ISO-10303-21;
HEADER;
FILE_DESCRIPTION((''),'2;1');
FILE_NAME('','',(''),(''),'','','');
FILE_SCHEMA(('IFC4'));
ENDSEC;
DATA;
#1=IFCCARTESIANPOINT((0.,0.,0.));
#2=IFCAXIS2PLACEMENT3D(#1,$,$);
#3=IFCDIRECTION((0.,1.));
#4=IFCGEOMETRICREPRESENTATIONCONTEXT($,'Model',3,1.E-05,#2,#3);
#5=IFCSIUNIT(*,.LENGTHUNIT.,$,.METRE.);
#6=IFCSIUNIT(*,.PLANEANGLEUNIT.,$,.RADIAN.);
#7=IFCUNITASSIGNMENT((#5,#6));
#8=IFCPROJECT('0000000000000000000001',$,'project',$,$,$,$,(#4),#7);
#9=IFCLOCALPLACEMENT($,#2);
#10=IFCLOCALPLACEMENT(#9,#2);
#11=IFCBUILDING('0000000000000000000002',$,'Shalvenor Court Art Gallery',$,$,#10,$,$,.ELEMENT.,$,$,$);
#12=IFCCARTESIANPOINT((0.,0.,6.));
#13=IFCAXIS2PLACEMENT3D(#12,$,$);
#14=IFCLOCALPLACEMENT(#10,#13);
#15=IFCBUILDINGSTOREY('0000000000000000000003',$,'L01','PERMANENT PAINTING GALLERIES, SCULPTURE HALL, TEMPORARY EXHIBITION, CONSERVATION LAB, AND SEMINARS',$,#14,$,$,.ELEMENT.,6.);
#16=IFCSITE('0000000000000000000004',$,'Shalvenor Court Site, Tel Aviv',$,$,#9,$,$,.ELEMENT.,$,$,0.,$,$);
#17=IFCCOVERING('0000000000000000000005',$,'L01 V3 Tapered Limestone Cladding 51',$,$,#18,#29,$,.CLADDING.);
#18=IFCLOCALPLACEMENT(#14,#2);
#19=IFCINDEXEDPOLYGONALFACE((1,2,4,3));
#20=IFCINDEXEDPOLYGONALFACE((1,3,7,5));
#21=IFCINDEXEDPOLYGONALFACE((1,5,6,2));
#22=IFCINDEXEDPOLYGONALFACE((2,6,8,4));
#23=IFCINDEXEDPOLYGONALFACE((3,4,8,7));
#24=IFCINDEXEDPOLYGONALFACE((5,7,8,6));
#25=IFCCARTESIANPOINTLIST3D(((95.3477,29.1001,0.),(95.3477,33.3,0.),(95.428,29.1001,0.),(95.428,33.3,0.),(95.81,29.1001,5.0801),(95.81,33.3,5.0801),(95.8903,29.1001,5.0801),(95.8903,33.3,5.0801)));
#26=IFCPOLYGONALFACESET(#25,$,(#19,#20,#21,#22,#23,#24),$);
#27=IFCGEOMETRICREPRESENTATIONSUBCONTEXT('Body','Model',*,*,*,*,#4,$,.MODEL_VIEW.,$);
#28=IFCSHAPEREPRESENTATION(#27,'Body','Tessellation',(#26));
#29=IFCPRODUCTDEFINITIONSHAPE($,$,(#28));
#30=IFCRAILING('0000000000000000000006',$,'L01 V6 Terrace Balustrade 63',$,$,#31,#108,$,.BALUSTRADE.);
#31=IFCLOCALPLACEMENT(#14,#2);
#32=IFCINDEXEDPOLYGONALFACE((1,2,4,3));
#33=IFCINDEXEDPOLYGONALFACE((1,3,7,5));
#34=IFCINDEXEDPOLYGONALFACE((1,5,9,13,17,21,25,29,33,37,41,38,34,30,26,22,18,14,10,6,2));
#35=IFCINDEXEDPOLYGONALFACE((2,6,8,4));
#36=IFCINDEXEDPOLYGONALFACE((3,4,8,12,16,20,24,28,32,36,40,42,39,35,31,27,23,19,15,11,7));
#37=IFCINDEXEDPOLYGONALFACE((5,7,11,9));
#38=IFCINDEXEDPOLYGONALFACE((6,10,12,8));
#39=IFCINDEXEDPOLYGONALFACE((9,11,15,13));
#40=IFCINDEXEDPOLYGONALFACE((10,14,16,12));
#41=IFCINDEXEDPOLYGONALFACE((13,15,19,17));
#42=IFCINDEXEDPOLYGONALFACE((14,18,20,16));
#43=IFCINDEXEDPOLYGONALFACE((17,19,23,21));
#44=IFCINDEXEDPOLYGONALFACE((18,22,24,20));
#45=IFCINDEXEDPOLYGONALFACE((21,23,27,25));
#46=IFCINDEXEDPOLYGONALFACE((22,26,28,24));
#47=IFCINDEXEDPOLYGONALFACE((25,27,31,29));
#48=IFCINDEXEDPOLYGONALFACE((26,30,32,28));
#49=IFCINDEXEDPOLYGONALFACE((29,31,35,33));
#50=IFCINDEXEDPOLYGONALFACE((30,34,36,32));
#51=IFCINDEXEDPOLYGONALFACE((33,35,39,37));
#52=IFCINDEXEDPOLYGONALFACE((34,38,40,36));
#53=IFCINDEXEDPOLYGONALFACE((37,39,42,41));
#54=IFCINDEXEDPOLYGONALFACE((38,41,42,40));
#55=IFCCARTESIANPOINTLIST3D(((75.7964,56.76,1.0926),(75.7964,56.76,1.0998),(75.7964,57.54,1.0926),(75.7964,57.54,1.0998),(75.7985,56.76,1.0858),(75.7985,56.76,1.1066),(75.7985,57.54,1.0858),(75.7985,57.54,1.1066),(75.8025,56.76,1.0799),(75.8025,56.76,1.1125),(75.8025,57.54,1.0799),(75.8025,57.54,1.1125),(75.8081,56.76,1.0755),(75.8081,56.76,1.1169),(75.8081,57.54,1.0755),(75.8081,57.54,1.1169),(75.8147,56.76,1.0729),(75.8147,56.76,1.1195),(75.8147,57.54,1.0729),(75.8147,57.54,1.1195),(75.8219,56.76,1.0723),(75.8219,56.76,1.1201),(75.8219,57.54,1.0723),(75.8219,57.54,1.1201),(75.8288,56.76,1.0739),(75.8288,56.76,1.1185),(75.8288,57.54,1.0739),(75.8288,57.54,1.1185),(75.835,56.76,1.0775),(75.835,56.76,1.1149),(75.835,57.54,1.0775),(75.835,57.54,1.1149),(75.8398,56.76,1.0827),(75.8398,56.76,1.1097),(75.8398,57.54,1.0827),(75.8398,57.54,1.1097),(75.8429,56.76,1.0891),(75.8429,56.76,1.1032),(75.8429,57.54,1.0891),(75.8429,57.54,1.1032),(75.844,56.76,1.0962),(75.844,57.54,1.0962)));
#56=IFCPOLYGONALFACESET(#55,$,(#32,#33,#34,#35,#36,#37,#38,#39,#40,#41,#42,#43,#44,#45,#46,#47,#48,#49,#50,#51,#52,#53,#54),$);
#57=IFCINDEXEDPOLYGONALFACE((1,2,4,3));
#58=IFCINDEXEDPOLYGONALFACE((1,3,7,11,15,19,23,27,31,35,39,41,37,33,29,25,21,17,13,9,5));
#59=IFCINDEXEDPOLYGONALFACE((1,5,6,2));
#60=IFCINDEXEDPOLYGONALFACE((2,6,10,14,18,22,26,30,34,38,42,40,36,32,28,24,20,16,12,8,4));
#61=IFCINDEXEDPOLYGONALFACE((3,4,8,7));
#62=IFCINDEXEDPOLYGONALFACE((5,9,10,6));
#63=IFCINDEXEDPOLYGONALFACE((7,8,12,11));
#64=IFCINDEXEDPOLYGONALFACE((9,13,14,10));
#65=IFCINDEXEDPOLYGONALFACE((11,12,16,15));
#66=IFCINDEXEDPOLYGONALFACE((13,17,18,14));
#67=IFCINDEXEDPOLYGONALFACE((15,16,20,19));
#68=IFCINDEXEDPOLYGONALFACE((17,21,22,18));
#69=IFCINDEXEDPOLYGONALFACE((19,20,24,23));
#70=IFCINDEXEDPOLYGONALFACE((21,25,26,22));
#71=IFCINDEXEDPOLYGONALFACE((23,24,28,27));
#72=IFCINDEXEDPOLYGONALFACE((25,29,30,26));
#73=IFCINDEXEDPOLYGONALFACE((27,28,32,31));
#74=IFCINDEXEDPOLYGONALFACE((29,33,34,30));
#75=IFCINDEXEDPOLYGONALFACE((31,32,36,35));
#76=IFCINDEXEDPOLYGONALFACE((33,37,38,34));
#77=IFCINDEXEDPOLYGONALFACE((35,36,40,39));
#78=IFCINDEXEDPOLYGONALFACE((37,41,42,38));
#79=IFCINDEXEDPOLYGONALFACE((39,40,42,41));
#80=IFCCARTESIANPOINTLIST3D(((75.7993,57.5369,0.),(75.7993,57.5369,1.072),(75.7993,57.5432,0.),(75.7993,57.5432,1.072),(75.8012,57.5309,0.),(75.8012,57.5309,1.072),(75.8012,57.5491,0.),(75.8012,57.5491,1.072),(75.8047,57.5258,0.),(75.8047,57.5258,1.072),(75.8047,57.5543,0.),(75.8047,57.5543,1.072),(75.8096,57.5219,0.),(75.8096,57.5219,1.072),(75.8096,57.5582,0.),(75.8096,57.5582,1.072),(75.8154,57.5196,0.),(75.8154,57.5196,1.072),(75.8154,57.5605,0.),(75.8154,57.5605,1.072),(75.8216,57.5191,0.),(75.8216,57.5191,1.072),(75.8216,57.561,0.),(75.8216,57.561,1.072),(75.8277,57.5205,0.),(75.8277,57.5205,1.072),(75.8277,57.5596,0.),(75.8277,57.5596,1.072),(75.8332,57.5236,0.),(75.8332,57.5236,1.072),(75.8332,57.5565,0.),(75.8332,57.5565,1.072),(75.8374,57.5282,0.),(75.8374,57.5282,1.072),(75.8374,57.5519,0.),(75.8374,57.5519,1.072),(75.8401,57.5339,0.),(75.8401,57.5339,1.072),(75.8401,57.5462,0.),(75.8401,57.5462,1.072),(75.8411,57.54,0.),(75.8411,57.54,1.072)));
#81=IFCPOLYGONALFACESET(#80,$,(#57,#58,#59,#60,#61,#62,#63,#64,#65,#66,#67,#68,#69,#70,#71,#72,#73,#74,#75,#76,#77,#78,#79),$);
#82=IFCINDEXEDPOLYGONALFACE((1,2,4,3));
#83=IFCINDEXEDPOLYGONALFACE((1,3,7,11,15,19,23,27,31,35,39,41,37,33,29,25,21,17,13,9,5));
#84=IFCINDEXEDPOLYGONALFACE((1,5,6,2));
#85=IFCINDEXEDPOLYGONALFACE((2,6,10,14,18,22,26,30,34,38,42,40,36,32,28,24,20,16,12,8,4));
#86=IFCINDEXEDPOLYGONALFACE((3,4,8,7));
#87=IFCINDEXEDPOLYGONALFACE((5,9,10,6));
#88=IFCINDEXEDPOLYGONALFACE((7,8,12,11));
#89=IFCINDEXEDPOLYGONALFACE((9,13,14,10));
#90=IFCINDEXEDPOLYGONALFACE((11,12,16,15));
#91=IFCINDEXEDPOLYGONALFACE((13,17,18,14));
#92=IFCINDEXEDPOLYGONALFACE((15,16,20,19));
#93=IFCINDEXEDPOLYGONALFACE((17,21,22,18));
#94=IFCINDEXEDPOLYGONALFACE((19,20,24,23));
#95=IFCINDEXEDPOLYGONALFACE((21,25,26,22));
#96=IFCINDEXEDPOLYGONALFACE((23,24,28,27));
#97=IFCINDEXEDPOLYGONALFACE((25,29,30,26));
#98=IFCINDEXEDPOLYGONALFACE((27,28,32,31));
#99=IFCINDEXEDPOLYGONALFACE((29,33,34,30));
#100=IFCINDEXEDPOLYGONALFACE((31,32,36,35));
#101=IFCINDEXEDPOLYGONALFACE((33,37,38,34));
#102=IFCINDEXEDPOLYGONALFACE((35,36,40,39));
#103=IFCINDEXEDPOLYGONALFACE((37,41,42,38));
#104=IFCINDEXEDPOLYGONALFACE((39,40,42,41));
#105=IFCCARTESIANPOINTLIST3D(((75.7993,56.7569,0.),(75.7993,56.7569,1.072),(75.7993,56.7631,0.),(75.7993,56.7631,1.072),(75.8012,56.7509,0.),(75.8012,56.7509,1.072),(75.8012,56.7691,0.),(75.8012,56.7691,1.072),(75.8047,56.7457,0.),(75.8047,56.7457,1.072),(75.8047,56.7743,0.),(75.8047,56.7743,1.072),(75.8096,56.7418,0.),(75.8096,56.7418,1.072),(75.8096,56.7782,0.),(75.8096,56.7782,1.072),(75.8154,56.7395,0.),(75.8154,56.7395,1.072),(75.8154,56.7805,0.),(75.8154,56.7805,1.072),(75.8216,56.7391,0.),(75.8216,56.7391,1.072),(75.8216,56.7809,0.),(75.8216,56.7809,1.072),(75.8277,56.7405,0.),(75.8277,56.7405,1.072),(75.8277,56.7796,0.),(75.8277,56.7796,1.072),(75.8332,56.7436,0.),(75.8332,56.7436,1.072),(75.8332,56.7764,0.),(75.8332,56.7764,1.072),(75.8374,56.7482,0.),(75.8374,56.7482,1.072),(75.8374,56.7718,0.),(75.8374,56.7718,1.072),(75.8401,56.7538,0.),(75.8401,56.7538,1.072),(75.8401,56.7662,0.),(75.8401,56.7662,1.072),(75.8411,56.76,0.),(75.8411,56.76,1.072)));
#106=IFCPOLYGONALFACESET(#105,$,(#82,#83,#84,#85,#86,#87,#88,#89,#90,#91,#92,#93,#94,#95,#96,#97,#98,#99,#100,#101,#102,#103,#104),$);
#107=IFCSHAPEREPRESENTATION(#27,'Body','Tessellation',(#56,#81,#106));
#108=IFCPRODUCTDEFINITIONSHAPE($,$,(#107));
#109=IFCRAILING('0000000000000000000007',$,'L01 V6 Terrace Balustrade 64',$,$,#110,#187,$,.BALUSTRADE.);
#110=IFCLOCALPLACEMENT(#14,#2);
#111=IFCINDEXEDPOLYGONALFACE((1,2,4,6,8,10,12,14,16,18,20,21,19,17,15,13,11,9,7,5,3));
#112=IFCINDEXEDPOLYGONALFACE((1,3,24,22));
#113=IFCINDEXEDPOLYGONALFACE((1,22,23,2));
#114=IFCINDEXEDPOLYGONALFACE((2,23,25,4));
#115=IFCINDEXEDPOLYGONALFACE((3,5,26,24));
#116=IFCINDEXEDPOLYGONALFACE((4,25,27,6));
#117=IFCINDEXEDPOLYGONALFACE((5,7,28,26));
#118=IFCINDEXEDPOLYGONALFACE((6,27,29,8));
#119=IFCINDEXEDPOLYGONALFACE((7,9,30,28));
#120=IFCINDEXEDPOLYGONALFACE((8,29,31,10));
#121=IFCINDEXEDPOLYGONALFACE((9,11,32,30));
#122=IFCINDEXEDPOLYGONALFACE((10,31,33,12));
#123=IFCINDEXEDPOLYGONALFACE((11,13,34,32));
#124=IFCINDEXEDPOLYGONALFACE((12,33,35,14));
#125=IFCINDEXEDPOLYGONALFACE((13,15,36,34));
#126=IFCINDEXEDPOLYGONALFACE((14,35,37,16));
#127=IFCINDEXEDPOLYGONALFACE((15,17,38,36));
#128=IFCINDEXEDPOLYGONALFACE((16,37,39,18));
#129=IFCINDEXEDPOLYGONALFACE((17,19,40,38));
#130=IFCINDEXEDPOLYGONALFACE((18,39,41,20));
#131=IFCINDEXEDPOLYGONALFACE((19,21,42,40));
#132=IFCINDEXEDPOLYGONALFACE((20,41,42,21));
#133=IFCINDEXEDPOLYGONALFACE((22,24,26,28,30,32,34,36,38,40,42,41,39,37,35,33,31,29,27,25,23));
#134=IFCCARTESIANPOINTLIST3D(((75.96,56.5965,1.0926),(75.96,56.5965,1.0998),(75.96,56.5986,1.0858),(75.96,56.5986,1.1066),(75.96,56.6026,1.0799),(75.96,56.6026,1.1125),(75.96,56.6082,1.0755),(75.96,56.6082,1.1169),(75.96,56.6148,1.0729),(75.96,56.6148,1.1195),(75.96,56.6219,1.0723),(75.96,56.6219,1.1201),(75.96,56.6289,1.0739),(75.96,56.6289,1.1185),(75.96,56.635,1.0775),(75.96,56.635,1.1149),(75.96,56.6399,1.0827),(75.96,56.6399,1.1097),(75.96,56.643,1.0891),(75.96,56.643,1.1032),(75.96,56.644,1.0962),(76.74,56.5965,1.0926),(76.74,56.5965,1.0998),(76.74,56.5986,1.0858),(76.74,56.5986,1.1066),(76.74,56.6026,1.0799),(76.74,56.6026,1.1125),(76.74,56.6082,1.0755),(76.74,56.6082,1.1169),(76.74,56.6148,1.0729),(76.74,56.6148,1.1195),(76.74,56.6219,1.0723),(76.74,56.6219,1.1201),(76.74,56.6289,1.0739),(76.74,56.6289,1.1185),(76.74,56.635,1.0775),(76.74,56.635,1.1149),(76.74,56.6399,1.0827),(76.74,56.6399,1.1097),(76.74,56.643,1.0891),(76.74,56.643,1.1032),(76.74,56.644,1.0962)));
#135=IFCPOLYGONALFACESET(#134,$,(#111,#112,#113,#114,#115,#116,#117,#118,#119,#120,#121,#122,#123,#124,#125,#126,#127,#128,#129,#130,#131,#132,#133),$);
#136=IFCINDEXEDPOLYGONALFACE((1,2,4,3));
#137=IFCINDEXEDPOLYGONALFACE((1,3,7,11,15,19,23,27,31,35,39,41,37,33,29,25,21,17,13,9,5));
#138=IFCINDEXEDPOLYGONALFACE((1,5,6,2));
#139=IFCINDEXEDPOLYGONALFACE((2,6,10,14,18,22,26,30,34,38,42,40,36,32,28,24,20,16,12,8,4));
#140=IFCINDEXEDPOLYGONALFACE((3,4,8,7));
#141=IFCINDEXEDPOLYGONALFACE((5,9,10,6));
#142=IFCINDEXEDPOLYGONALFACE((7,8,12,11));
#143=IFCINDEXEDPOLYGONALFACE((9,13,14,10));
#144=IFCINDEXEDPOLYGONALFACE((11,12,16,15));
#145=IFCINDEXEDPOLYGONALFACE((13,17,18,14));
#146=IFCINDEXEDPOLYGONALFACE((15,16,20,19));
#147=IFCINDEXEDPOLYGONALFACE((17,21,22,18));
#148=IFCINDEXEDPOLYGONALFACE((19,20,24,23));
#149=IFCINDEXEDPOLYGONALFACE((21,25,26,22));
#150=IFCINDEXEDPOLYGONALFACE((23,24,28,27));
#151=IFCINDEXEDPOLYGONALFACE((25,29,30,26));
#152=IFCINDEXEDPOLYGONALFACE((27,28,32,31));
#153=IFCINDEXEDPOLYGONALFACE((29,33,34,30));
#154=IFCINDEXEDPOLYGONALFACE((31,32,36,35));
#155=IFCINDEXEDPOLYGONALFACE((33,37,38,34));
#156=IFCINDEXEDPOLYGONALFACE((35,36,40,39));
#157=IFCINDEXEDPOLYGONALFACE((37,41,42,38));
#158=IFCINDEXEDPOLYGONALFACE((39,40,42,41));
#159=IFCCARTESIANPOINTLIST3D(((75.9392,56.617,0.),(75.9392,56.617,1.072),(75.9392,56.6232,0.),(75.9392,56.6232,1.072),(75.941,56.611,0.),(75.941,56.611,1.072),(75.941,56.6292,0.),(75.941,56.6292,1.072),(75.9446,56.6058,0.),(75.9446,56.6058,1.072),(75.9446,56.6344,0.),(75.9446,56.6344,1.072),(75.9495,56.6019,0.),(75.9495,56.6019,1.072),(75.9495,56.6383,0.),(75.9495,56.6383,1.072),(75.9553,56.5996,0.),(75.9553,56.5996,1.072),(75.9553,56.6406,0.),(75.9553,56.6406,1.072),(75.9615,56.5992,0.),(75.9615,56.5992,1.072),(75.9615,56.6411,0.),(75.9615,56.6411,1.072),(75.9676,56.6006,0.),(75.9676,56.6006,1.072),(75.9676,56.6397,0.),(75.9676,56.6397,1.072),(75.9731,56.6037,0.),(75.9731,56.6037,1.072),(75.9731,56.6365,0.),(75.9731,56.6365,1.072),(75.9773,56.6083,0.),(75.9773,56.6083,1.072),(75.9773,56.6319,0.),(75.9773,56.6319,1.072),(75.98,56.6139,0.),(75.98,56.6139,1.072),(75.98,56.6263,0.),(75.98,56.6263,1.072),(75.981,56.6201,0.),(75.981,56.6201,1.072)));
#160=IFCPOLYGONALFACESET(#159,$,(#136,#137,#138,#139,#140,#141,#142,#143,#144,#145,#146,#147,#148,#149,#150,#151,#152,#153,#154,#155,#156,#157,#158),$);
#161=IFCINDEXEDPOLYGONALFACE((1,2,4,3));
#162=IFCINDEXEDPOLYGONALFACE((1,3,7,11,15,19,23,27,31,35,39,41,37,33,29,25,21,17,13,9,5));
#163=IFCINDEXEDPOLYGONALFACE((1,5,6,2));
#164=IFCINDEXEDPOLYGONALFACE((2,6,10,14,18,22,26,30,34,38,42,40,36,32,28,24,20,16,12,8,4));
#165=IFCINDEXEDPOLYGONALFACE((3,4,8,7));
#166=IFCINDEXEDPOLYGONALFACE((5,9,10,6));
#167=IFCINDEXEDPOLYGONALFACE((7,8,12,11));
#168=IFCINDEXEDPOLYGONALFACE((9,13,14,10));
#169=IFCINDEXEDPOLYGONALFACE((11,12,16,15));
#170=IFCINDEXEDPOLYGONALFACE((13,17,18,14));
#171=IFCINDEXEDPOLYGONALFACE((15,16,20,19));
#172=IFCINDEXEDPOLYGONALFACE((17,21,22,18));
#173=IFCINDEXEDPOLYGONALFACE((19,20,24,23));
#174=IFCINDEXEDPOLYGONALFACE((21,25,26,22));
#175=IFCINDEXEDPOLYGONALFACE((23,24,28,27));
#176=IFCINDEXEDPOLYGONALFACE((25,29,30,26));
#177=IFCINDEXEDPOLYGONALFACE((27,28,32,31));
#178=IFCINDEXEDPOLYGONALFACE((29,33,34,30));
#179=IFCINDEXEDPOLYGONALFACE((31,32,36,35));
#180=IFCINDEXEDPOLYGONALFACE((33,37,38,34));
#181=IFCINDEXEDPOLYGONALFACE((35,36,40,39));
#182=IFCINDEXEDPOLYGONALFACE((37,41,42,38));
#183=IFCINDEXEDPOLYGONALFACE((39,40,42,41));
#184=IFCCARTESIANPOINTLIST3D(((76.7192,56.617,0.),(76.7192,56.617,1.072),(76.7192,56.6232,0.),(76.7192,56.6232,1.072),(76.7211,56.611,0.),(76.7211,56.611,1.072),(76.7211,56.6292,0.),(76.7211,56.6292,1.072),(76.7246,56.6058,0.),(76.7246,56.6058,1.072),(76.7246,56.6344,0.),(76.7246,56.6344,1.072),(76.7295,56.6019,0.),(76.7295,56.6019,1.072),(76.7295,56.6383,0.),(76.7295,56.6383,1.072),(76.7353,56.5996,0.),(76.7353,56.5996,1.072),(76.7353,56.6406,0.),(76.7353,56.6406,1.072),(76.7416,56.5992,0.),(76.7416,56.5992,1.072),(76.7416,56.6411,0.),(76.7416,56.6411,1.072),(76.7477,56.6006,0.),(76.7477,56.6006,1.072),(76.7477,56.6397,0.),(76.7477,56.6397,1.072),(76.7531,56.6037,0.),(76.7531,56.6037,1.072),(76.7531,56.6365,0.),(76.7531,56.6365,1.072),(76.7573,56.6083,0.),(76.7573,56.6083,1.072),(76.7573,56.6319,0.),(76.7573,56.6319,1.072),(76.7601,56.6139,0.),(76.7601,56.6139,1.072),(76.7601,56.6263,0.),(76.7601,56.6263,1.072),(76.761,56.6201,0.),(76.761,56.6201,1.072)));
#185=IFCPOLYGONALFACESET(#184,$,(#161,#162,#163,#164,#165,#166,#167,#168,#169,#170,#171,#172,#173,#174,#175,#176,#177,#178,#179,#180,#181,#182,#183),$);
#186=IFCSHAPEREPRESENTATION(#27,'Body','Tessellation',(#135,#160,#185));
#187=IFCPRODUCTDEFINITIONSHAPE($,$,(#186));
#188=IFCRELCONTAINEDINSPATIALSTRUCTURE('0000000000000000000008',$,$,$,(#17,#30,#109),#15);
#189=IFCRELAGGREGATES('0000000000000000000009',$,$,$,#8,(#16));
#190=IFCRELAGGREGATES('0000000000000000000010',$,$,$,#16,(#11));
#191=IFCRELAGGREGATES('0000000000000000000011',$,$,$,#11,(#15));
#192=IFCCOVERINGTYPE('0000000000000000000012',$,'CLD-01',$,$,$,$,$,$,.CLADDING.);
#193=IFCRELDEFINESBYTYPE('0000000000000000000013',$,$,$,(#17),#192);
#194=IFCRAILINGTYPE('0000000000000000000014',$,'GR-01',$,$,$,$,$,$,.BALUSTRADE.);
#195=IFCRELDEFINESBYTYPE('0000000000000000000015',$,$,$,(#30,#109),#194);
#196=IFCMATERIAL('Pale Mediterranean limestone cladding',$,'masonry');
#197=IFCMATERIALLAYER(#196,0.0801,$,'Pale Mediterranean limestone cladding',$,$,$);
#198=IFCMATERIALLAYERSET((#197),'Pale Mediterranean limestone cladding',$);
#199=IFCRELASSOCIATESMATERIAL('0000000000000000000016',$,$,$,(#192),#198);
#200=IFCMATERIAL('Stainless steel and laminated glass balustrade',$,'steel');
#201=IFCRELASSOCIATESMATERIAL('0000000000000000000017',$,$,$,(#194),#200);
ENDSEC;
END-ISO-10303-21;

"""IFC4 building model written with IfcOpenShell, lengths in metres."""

from ifc_helpers import new_model, si_unit, direction, frame, origin, origin_2d, place, context, subcontext, project, spatial, polyline, circle, outline, extrude, material, layer, layer_set, type_object, element, save


model = new_model("IFC4")

# Units and contexts
model_context = context("Model", 3, precision=1e-05, world=origin(), true_north=direction((0.0, 1.0)))
body_context = subcontext(model_context, "Body", "Model", "MODEL_VIEW")
ifc_project = project(units=[si_unit("LENGTHUNIT", "METRE"), si_unit("PLANEANGLEUNIT", "RADIAN")], contexts=[model_context])

# Site, building, storey
site_placement = place(None, origin())
site = spatial("IfcSite", under=ifc_project, at=site_placement, Name="Shalvenor Court Site, Tel Aviv", CompositionType="ELEMENT", RefElevation=0.0)
building_placement = place(site_placement, origin())
building = spatial("IfcBuilding", under=site, at=building_placement, Name="Shalvenor Court Art Gallery", CompositionType="ELEMENT")
storey_placement = place(building_placement, frame((0.0, 0.0, 6.0)))
storey = spatial("IfcBuildingStorey", under=building, at=storey_placement, Name="L01", Description="PERMANENT PAINTING GALLERIES, SCULPTURE HALL, TEMPORARY EXHIBITION, CONSERVATION LAB, AND SEMINARS", CompositionType="ELEMENT", Elevation=6.0)

# Covering
ifc_material_1 = material(Name="Pale Mediterranean limestone cladding", Category="masonry")
ifc_layer_1 = layer(ifc_material_1, 0.0801, Name="Pale Mediterranean limestone cladding")
ifc_layer_set_1 = layer_set([ifc_layer_1], Name="Pale Mediterranean limestone cladding")
covering_type = type_object("IfcCoveringType", Name="CLD-01", PredefinedType="CLADDING", material=ifc_layer_set_1)
covering_placement = place(storey_placement, frame((95.3477, 33.3, 0.0), z_axis=(0.0, 0.0, 1.0), x_axis=(0.0, -1.0, 0.0)))
element("IfcCovering", 1, at=covering_placement, inside=storey, type_object=covering_type, Name="L01 V3 Tapered Limestone Cladding 51", PredefinedType="CLADDING", context=body_context, shape_type="SweptSolid", body=[
    extrude(outline(polyline([(0.0, 0.0), (4.2, 0.0), (4.2, 5.1011), (0.0, 5.1011), (0.0, 0.0)])), frame((0.0, 0.0, 0.0), z_axis=(0.0, -0.995884, 0.090633), x_axis=(1.0, 0.0, 0.0)), (0.0, 0.090633, -0.995884), 0.0803),
])

# Railings
ifc_material_2 = material(Name="Stainless steel and laminated glass balustrade", Category="steel")
railing_type = type_object("IfcRailingType", Name="GR-01", PredefinedType="BALUSTRADE", material=ifc_material_2)
railing_1_placement = place(storey_placement, frame((75.8201, 57.54, 0.0)))
element("IfcRailing", 2, at=railing_1_placement, inside=storey, type_object=railing_type, Name="L01 V6 Terrace Balustrade 63", PredefinedType="BALUSTRADE", context=body_context, shape_type="SweptSolid", body=[
    extrude(circle(Radius=0.0239, at=origin_2d()), frame((0.0, 0.0, 1.0962), z_axis=(0.0, -1.0, 0.0), x_axis=(1.0, 0.0, 0.0)), (0.0, 0.0, 1.0), 0.78),
    extrude(circle(Radius=0.021, at=origin_2d()), origin(), (0.0, 0.0, 1.0), 1.072),
    extrude(circle(Radius=0.021, at=origin_2d()), frame((0.0, -0.78, 0.0)), (0.0, 0.0, 1.0), 1.072),
])
railing_2_placement = place(storey_placement, frame((75.96, 56.6201, 0.0)))
element("IfcRailing", 3, at=railing_2_placement, inside=storey, type_object=railing_type, Name="L01 V6 Terrace Balustrade 64", PredefinedType="BALUSTRADE", context=body_context, shape_type="SweptSolid", body=[
    extrude(circle(Radius=0.0239, at=origin_2d()), frame((0.0, 0.0, 1.0962), z_axis=(1.0, 0.0, 0.0), x_axis=(0.0, 1.0, 0.0)), (0.0, 0.0, 1.0), 0.78),
    extrude(circle(Radius=0.021, at=origin_2d()), origin(), (0.0, 0.0, 1.0), 1.072),
    extrude(circle(Radius=0.021, at=origin_2d()), frame((0.78, 0.0, 0.0)), (0.0, 0.0, 1.0), 1.072),
])

save(model, "model.ifc")
